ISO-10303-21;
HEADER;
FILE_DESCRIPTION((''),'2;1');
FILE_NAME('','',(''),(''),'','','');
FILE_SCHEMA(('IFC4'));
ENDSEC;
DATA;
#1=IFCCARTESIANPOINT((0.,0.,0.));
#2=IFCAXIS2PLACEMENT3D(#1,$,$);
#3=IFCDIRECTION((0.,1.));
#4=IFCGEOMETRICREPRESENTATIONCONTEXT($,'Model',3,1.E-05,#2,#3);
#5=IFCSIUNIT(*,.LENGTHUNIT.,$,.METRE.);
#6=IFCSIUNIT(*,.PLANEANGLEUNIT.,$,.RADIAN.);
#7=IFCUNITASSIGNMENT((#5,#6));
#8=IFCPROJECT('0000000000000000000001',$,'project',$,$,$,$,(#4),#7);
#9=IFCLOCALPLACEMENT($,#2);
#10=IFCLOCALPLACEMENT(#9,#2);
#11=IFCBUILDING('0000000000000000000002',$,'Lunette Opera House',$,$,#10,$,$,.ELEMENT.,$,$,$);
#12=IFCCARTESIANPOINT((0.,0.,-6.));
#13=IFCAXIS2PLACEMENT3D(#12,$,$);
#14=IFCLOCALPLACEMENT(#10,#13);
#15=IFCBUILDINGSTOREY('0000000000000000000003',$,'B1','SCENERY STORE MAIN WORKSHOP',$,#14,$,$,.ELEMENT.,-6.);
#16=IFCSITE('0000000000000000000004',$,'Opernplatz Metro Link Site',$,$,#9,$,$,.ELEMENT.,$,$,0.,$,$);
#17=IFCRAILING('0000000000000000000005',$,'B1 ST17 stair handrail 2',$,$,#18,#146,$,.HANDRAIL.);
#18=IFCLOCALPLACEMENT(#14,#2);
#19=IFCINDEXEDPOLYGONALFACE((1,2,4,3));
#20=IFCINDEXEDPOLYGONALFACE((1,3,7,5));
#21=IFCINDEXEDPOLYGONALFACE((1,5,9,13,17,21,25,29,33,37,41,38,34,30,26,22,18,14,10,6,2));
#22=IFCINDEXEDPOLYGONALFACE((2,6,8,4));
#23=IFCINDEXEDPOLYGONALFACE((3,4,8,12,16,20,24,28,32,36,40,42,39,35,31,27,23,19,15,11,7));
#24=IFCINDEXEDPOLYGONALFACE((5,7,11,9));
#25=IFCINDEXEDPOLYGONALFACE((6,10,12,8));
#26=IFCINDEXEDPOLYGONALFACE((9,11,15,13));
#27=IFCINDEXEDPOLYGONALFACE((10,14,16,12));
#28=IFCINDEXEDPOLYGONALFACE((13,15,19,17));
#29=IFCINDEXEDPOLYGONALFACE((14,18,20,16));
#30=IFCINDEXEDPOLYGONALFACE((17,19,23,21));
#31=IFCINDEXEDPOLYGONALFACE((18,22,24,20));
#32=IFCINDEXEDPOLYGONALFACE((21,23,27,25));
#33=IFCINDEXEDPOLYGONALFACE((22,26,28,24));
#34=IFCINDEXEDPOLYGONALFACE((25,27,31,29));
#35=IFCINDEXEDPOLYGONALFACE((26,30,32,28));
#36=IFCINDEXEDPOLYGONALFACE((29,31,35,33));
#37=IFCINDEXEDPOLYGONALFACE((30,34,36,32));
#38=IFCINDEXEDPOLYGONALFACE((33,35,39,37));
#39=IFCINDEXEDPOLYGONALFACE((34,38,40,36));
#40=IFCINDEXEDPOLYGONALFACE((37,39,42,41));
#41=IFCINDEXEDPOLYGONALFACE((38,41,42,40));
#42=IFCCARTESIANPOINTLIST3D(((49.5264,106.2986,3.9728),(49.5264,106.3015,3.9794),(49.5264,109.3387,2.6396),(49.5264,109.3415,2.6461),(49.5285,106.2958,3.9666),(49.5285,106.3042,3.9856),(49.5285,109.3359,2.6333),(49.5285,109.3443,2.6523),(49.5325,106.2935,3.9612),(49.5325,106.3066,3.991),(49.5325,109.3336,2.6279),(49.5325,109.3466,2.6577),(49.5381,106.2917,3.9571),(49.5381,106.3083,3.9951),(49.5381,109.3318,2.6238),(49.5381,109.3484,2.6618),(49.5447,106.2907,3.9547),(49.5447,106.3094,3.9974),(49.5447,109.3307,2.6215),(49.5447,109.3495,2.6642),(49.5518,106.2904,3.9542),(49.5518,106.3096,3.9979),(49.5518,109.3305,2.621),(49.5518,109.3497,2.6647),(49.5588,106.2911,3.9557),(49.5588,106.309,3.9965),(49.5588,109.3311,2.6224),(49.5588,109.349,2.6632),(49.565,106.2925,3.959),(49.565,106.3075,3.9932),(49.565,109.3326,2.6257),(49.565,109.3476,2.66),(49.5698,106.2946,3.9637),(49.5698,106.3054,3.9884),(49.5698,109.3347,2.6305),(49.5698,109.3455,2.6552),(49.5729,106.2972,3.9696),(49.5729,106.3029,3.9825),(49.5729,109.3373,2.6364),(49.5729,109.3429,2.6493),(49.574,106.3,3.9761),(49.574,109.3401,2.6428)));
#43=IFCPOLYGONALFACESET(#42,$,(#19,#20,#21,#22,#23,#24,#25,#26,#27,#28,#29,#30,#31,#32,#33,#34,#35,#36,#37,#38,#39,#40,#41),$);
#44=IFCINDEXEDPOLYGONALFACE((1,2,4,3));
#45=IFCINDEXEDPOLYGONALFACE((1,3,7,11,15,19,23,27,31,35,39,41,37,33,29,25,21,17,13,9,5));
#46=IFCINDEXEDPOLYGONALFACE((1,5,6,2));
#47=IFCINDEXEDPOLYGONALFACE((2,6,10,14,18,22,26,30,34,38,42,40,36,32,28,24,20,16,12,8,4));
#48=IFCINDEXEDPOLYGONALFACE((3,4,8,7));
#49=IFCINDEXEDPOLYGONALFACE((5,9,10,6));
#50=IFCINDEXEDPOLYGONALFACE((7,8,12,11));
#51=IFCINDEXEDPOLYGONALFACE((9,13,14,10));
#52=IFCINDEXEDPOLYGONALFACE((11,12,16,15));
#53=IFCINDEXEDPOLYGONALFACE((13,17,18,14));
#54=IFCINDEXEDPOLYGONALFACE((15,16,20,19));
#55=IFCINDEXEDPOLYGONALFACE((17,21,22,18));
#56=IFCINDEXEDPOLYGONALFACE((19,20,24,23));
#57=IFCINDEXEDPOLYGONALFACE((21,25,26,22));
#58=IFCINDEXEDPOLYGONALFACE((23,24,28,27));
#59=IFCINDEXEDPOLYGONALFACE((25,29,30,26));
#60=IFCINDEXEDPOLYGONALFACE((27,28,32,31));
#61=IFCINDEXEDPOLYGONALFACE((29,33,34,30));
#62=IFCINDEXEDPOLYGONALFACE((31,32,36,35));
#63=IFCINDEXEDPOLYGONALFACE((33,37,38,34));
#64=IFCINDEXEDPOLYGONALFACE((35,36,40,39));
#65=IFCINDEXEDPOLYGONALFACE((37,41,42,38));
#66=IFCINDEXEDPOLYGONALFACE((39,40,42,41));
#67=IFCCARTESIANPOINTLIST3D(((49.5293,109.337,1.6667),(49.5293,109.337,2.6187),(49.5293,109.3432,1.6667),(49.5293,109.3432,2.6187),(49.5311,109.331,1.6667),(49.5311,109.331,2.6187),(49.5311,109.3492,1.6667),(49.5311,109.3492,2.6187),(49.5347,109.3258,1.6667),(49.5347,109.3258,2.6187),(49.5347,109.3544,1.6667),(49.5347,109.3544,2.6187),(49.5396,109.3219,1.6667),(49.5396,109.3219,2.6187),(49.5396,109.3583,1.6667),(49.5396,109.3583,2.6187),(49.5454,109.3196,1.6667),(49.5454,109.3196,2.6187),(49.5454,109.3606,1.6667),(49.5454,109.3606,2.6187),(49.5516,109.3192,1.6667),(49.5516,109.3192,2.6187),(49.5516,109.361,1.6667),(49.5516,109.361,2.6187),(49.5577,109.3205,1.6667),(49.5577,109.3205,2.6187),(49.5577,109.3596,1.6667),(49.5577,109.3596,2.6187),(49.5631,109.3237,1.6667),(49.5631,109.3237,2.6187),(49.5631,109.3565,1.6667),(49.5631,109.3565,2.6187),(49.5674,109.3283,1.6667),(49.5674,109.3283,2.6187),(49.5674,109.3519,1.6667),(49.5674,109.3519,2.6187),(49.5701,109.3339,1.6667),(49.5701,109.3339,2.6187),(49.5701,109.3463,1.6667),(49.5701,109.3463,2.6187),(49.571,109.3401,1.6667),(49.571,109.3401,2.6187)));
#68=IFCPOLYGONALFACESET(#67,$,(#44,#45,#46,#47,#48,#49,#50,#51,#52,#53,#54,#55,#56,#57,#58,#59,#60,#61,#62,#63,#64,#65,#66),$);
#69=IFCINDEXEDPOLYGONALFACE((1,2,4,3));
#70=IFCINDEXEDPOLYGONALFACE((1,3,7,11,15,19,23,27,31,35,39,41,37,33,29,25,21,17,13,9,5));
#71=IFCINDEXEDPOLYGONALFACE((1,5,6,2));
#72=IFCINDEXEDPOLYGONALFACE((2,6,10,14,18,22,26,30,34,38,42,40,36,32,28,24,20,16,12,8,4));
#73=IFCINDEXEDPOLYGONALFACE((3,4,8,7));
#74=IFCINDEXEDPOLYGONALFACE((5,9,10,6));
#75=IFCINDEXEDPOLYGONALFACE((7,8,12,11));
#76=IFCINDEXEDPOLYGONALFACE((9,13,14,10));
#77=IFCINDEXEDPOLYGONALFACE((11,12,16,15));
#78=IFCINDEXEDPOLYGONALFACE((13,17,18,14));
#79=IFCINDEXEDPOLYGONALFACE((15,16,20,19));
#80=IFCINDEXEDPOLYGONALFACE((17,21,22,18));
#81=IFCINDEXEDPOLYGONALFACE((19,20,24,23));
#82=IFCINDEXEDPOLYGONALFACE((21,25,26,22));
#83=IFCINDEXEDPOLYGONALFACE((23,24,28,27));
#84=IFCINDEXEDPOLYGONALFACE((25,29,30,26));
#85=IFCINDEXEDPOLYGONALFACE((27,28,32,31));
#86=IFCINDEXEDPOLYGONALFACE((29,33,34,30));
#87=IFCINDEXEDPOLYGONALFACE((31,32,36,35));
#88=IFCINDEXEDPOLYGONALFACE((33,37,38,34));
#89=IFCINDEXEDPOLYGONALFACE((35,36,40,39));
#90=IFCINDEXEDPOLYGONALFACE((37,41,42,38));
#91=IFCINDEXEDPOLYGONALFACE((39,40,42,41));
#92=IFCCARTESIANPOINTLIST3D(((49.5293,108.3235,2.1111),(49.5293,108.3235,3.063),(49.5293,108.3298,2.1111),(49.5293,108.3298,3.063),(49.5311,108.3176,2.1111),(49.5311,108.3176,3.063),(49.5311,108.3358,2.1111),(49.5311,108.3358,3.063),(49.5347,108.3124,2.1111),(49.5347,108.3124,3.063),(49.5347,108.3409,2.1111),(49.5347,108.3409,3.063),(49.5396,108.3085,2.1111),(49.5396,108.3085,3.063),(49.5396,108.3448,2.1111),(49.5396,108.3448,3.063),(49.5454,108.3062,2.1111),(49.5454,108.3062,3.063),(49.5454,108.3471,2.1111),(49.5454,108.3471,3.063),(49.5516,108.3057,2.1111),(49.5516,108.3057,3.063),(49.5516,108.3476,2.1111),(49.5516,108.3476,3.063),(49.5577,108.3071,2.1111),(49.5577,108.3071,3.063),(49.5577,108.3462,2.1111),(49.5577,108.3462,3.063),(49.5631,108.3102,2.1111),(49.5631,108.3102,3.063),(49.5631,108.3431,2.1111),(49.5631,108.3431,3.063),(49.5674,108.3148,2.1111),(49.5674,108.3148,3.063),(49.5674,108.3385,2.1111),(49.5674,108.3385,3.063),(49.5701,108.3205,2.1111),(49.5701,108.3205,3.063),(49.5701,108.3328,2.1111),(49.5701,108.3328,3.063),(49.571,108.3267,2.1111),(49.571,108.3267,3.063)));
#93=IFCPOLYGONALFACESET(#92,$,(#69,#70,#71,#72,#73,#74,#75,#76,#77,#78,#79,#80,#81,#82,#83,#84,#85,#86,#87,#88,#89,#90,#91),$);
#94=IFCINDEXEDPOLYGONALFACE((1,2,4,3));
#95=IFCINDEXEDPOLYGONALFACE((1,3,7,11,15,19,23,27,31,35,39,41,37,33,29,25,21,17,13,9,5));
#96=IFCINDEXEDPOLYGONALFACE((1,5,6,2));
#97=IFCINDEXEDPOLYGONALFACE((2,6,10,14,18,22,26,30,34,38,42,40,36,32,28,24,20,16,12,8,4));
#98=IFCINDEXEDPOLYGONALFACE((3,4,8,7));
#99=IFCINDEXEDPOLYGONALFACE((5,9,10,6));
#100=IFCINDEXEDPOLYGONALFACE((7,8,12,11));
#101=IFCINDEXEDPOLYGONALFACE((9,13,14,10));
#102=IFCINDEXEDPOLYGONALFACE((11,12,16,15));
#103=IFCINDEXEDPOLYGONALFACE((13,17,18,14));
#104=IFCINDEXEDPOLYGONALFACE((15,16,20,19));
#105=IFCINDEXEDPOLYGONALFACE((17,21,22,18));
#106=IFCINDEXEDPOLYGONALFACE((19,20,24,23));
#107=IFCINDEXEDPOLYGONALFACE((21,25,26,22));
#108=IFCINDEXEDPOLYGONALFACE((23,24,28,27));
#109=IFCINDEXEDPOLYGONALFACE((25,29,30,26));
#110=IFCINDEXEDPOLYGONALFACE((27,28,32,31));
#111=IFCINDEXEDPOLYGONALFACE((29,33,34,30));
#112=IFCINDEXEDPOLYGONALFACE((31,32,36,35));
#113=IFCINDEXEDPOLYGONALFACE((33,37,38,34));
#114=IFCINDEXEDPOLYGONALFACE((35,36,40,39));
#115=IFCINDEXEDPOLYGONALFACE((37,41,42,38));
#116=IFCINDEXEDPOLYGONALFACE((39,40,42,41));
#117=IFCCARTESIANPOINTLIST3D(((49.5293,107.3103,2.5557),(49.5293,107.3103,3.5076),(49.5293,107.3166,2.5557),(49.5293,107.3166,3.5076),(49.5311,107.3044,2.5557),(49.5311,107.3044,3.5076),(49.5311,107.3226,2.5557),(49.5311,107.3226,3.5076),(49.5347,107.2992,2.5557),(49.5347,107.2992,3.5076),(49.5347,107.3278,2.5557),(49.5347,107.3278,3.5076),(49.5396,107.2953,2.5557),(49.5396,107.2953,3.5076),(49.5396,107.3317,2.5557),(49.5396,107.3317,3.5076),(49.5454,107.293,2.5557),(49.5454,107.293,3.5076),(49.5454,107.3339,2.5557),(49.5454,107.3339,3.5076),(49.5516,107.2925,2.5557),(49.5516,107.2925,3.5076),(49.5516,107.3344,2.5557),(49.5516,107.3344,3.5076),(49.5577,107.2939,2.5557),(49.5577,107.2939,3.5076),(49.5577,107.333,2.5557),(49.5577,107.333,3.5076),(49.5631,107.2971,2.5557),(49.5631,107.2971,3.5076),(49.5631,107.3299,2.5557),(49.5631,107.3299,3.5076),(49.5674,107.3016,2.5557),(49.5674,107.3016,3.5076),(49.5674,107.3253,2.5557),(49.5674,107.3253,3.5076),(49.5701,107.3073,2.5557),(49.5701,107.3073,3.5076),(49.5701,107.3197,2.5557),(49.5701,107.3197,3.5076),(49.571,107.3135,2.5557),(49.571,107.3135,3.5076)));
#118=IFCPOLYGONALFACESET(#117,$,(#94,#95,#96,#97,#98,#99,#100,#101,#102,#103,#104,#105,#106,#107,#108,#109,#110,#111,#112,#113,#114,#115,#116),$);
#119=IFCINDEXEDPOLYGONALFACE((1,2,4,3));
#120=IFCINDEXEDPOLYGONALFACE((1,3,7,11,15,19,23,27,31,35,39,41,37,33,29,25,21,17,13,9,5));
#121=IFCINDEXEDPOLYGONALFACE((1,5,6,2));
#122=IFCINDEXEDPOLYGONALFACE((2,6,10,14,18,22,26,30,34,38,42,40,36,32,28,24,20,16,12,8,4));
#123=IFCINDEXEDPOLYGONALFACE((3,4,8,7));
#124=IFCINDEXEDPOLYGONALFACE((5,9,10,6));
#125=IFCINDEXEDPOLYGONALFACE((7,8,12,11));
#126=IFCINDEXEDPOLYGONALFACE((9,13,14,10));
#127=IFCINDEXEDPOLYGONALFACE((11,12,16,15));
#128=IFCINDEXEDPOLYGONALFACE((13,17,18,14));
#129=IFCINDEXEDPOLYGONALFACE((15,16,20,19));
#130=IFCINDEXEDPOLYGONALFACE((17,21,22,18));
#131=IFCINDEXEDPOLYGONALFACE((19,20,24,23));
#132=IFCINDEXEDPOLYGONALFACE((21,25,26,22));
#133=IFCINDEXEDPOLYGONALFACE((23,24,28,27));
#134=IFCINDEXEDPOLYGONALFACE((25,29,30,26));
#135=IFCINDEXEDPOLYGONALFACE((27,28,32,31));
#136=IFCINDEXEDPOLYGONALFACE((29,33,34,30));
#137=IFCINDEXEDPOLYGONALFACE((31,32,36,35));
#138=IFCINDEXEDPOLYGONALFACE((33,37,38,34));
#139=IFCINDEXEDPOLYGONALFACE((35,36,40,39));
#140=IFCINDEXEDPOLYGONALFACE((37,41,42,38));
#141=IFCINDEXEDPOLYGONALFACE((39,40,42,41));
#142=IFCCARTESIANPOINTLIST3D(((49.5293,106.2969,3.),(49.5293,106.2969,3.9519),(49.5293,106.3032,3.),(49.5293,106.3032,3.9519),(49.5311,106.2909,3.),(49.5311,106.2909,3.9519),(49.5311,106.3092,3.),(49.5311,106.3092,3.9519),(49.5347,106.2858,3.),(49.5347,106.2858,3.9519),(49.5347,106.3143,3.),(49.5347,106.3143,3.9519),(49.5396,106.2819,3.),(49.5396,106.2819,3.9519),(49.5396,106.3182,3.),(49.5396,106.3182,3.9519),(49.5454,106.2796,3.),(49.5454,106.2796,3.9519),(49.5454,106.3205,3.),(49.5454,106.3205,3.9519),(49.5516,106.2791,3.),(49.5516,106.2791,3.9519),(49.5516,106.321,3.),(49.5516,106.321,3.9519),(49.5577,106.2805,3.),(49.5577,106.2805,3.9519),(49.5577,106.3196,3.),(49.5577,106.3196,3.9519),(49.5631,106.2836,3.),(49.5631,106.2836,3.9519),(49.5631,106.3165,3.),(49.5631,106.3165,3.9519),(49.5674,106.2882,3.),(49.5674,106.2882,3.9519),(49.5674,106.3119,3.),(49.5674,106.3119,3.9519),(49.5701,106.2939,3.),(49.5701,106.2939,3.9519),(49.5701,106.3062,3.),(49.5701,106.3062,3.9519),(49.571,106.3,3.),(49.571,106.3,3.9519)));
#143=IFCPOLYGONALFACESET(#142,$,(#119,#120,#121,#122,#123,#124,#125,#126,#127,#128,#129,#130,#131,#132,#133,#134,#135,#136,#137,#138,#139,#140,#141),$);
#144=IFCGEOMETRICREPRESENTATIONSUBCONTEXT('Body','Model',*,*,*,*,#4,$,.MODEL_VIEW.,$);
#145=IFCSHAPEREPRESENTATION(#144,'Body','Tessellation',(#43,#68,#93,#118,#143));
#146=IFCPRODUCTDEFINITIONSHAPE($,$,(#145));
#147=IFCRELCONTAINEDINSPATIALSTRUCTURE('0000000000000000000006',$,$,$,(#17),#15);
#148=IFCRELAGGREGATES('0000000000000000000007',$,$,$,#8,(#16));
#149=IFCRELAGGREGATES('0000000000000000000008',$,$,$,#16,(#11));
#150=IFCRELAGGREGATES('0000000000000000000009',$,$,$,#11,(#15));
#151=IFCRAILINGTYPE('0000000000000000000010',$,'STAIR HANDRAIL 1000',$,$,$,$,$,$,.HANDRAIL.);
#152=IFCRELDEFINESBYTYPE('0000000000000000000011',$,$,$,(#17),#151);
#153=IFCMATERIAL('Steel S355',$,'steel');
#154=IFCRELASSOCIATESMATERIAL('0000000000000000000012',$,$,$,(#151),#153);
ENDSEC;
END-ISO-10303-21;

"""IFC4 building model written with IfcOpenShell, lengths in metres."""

from ifc_helpers import new_model, si_unit, direction, frame, origin, origin_2d, place, context, subcontext, project, spatial, circle, extrude, material, type_object, element, save


model = new_model("IFC4")

# Units and contexts
model_context = context("Model", 3, precision=1e-05, world=origin(), true_north=direction((0.0, 1.0)))
body_context = subcontext(model_context, "Body", "Model", "MODEL_VIEW")
ifc_project = project(units=[si_unit("LENGTHUNIT", "METRE"), si_unit("PLANEANGLEUNIT", "RADIAN")], contexts=[model_context])

# Site, building, storey
site_placement = place(None, origin())
site = spatial("IfcSite", under=ifc_project, at=site_placement, Name="Opernplatz Metro Link Site", CompositionType="ELEMENT", RefElevation=0.0)
building_placement = place(site_placement, origin())
building = spatial("IfcBuilding", under=site, at=building_placement, Name="Lunette Opera House", CompositionType="ELEMENT")
storey_placement = place(building_placement, frame((0.0, 0.0, -6.0)))
storey = spatial("IfcBuildingStorey", under=building, at=storey_placement, Name="B1", Description="SCENERY STORE MAIN WORKSHOP", CompositionType="ELEMENT", Elevation=-6.0)

# Railing
ifc_material_1 = material(Name="Steel S355", Category="steel")
railing_type_1 = type_object("IfcRailingType", Name="STAIR HANDRAIL 1000", PredefinedType="HANDRAIL", material=ifc_material_1)
railing_1_placement = place(storey_placement, frame((49.55, 109.3401, 1.6667)))
element("IfcRailing", 1, at=railing_1_placement, inside=storey, type_object=railing_type_1, Name="B1 ST17 stair handrail 2", PredefinedType="HANDRAIL", context=body_context, shape_type="SweptSolid", body=[
    extrude(circle(Radius=0.0239, at=origin_2d()), frame((0.0, 0.0, 0.9761), z_axis=(0.0, -0.915799, 0.401637), x_axis=(1.0, 0.0, 0.0)), (0.0, 0.0, 1.0), 3.3196),
    extrude(circle(Radius=0.021, at=origin_2d()), origin(), (0.0, 0.0, 1.0), 0.9519),
    extrude(circle(Radius=0.021, at=origin_2d()), frame((0.0, -1.0134, 0.4443)), (0.0, 0.0, 1.0), 0.9519),
    extrude(circle(Radius=0.021, at=origin_2d()), frame((0.0, -2.0266, 0.8889)), (0.0, 0.0, 1.0), 0.9519),
    extrude(circle(Radius=0.021, at=origin_2d()), frame((0.0, -3.04, 1.3333)), (0.0, 0.0, 1.0), 0.9519),
])

save(model, "model.ifc")
